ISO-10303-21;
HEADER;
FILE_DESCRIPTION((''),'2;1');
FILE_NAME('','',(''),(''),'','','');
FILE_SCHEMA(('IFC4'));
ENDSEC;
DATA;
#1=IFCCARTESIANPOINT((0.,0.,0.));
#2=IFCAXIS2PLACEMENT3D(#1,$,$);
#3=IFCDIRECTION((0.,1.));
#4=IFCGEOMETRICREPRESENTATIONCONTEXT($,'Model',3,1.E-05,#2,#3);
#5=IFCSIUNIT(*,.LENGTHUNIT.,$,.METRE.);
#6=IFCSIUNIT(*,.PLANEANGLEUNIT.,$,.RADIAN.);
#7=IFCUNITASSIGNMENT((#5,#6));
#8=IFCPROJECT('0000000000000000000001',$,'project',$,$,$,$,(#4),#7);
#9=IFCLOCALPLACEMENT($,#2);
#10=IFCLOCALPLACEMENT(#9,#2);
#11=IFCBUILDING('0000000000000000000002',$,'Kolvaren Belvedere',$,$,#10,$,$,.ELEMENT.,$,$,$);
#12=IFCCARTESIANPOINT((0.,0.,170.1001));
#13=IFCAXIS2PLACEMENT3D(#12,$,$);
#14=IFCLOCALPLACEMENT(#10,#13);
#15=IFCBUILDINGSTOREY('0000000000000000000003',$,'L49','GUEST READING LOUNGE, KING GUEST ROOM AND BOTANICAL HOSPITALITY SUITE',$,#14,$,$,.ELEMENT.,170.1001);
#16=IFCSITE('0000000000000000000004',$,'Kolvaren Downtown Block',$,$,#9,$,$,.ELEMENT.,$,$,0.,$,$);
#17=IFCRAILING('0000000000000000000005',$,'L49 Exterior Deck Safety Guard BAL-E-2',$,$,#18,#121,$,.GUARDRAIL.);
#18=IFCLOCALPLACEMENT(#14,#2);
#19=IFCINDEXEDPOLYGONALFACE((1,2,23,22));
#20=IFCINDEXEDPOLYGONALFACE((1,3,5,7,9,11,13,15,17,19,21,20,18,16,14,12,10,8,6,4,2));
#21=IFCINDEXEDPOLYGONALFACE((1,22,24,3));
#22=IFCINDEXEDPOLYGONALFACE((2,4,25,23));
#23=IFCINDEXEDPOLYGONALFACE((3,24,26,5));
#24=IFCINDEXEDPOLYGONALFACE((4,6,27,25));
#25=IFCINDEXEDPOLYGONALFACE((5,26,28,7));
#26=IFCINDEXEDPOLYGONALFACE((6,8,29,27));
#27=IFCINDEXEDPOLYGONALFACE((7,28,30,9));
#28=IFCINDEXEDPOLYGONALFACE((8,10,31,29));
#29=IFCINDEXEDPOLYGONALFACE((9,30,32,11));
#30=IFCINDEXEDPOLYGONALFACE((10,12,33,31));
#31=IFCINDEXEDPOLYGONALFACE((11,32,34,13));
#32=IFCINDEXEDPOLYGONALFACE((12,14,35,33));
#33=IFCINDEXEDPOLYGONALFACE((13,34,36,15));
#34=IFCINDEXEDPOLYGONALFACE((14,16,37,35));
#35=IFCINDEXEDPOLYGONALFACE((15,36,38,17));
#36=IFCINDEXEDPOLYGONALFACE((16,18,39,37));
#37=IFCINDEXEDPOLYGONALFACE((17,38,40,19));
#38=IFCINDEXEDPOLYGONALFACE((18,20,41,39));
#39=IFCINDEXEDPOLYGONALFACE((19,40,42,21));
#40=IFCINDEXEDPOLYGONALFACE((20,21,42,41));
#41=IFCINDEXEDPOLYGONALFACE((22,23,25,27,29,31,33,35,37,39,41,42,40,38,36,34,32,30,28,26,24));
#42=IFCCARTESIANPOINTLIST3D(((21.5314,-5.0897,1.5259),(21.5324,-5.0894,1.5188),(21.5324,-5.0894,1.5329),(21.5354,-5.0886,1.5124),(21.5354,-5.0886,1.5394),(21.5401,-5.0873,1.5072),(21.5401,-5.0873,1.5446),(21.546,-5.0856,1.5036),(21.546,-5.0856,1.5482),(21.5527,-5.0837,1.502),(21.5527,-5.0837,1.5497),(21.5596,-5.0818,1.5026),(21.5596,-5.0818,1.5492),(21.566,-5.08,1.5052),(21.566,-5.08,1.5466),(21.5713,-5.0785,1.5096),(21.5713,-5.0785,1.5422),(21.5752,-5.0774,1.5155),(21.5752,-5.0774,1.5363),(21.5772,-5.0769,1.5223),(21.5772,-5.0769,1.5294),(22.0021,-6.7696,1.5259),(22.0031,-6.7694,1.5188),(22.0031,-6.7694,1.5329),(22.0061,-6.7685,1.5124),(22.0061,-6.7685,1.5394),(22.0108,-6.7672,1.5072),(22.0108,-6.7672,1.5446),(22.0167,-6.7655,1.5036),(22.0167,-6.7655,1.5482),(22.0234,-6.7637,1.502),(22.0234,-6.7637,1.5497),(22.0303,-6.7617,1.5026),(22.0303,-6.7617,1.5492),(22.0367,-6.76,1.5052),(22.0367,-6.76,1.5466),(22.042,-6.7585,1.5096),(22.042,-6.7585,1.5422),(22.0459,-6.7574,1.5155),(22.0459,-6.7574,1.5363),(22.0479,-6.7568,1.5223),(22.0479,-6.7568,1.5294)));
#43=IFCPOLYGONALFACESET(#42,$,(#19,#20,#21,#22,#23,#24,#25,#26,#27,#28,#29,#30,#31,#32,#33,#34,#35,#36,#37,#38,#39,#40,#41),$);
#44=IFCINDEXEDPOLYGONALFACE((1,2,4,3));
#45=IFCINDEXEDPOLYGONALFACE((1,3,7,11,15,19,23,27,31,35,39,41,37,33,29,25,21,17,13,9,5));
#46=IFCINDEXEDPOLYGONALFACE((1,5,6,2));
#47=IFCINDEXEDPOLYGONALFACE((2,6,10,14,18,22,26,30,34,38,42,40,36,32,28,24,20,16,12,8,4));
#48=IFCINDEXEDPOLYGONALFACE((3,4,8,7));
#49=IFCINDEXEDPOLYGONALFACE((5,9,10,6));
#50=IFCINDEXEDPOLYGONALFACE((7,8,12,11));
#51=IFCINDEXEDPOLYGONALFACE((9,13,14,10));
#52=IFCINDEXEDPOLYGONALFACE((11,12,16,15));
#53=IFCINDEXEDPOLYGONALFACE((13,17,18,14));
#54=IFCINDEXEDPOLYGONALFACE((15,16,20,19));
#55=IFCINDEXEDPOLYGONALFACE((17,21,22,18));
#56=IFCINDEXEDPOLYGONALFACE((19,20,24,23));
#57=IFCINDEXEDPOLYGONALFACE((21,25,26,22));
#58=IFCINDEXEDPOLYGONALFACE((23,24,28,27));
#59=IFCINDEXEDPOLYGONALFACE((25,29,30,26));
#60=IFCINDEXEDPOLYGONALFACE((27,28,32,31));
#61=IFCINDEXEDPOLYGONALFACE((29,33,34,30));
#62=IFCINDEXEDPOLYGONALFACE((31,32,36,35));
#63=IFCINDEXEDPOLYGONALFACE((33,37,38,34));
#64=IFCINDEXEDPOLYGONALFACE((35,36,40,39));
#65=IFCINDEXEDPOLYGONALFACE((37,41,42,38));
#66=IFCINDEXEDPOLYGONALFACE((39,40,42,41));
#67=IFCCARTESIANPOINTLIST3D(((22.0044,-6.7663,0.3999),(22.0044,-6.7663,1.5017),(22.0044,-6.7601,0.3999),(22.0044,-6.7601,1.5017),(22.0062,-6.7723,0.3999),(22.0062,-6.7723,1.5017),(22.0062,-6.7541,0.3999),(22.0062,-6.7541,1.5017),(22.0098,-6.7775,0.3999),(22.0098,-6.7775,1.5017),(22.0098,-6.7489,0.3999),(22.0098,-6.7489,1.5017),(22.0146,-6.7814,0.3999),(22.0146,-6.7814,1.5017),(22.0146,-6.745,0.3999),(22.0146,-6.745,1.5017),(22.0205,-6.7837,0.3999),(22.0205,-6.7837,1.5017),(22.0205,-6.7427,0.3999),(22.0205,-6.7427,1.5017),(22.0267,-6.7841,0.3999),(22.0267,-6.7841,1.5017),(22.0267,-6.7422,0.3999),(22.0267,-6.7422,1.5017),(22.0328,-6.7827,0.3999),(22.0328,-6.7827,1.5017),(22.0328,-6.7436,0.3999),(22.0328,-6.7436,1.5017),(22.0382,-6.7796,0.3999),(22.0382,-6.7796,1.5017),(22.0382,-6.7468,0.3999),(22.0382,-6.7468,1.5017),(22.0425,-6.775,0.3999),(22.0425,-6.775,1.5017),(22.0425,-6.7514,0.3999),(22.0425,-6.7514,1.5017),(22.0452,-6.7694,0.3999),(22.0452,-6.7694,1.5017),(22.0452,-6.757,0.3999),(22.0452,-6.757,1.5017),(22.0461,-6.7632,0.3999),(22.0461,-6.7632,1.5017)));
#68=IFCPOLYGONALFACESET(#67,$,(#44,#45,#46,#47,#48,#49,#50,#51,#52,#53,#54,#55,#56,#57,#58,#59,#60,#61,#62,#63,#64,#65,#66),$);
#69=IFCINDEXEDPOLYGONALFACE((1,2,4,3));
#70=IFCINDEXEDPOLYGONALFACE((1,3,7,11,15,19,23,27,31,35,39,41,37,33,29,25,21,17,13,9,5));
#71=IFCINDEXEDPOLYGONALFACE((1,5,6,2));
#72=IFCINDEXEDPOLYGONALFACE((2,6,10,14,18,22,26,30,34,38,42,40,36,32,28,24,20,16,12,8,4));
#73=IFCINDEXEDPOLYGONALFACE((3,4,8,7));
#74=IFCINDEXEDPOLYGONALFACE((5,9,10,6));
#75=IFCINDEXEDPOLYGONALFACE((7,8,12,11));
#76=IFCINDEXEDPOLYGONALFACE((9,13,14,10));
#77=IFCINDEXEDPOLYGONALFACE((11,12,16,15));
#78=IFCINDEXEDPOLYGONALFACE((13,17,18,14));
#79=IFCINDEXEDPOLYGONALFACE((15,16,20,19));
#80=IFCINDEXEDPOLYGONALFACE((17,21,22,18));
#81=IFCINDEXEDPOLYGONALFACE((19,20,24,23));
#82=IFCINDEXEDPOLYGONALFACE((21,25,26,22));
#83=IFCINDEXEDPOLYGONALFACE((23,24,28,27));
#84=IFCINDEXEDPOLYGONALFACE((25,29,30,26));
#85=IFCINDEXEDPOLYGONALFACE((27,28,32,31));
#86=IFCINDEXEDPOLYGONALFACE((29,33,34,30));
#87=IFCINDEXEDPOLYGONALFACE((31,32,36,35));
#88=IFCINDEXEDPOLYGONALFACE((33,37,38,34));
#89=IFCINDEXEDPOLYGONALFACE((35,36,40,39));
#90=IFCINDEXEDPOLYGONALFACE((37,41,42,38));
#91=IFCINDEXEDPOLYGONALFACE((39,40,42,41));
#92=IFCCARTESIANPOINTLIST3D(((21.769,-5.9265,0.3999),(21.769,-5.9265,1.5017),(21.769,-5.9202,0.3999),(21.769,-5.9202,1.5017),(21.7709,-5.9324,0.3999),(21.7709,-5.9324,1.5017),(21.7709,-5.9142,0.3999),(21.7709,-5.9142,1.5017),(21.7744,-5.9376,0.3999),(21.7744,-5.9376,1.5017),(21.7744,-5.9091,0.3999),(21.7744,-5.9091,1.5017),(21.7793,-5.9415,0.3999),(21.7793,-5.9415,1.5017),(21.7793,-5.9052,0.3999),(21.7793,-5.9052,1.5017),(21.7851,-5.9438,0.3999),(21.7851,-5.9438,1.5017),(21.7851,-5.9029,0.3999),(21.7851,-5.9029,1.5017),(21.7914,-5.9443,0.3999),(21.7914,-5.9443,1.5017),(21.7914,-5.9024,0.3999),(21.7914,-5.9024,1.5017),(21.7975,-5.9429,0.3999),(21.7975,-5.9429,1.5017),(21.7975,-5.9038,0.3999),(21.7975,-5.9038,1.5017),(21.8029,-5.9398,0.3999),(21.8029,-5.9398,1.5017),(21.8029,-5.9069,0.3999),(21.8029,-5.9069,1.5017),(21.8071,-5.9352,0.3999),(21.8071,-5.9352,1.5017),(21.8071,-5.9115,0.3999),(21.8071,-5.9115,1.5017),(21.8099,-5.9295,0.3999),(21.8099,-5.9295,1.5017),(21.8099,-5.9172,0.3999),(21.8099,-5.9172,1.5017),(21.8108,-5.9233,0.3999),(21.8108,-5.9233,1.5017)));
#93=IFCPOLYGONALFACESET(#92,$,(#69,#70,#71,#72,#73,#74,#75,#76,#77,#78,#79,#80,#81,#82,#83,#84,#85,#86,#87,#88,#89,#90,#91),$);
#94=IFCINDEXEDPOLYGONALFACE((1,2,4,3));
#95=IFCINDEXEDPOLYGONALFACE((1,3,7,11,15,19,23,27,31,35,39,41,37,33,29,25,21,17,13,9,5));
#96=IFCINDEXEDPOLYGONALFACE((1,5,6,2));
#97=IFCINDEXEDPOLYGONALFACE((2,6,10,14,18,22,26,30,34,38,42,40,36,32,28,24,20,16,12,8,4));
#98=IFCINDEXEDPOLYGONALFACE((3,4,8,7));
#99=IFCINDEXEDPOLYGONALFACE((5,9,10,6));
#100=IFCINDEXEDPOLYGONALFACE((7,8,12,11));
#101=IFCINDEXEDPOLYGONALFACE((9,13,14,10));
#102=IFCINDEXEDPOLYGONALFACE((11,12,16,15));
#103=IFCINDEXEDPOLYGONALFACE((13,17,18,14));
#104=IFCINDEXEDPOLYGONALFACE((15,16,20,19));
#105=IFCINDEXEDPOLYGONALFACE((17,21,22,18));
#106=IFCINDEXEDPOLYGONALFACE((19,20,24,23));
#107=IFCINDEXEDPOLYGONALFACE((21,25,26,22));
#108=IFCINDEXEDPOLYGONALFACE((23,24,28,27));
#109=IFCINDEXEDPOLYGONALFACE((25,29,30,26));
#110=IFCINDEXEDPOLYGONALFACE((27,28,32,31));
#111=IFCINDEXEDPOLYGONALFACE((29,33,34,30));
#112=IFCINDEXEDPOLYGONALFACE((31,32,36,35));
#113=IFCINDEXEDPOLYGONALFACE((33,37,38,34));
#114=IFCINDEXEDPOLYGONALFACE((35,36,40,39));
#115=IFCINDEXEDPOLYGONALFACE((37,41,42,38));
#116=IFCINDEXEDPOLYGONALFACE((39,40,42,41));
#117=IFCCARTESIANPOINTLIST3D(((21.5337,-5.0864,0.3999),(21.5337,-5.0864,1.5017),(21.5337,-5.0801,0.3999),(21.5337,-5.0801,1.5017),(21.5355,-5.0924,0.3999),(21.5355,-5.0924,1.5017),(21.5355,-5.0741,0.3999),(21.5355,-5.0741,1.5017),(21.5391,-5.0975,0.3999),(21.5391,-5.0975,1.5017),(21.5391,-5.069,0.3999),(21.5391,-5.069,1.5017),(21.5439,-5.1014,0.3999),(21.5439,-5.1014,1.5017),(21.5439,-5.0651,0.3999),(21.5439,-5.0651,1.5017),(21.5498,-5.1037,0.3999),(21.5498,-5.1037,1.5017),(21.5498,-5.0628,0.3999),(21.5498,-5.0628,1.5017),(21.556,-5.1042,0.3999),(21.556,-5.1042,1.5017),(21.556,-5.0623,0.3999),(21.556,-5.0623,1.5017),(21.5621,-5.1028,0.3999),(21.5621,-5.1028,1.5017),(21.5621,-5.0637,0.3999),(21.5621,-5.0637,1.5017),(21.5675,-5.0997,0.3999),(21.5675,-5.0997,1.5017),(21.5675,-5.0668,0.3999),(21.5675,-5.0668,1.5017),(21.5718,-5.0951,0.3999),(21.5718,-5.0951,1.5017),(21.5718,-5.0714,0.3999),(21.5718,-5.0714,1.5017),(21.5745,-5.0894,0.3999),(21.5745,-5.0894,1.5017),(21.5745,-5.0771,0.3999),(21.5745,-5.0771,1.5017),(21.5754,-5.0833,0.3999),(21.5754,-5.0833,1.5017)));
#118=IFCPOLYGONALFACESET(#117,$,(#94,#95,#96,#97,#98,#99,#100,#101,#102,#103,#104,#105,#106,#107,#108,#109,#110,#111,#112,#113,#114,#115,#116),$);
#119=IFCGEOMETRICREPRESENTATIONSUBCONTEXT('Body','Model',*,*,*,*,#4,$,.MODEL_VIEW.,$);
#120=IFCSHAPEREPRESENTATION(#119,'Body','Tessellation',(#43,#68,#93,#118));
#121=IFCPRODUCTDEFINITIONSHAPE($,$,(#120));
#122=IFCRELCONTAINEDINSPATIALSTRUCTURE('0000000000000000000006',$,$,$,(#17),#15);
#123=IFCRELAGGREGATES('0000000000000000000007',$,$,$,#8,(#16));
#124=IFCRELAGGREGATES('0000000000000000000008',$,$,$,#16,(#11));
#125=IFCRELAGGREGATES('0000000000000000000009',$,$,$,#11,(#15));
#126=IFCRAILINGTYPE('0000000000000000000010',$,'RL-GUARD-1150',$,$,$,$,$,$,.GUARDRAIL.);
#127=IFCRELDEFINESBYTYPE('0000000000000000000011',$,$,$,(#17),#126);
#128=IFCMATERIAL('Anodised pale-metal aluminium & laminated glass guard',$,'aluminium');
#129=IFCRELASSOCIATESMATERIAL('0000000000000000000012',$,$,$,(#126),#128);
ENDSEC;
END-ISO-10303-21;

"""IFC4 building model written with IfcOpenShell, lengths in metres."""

from ifc_helpers import new_model, si_unit, direction, frame, origin, origin_2d, place, context, subcontext, project, spatial, circle, extrude, material, type_object, element, save


model = new_model("IFC4")

# Units and contexts
model_context = context("Model", 3, precision=1e-05, world=origin(), true_north=direction((0.0, 1.0)))
body_context = subcontext(model_context, "Body", "Model", "MODEL_VIEW")
ifc_project = project(units=[si_unit("LENGTHUNIT", "METRE"), si_unit("PLANEANGLEUNIT", "RADIAN")], contexts=[model_context])

# Site, building, storey
site_placement = place(None, origin())
site = spatial("IfcSite", under=ifc_project, at=site_placement, Name="Kolvaren Downtown Block", CompositionType="ELEMENT", RefElevation=0.0)
building_placement = place(site_placement, origin())
building = spatial("IfcBuilding", under=site, at=building_placement, Name="Kolvaren Belvedere", CompositionType="ELEMENT")
storey_placement = place(building_placement, frame((0.0, 0.0, 170.1001)))
storey = spatial("IfcBuildingStorey", under=building, at=storey_placement, Name="L49", Description="GUEST READING LOUNGE, KING GUEST ROOM AND BOTANICAL HOSPITALITY SUITE", CompositionType="ELEMENT", Elevation=170.1001)

# Railing
ifc_material_1 = material(Name="Anodised pale-metal aluminium & laminated glass guard", Category="aluminium")
railing_type = type_object("IfcRailingType", Name="RL-GUARD-1150", PredefinedType="GUARDRAIL", material=ifc_material_1)
railing_1_placement = place(storey_placement, frame((22.0251, -6.7632, 0.3999)))
element("IfcRailing", 1, at=railing_1_placement, inside=storey, type_object=railing_type, Name="L49 Exterior Deck Safety Guard BAL-E-2", PredefinedType="GUARDRAIL", context=body_context, shape_type="SweptSolid", body=[
    extrude(circle(Radius=0.0239, at=origin_2d()), frame((0.0, 0.0, 1.126), z_axis=(-0.269801, 0.962916, 0.0), x_axis=(-0.962916, -0.269801, 0.0)), (0.0, 0.0, 1.0), 1.7446),
    extrude(circle(Radius=0.021, at=origin_2d()), origin(), (0.0, 0.0, 1.0), 1.1018),
    extrude(circle(Radius=0.021, at=origin_2d()), frame((-0.2354, 0.8398, 0.0)), (0.0, 0.0, 1.0), 1.1018),
    extrude(circle(Radius=0.021, at=origin_2d()), frame((-0.4707, 1.6799, 0.0)), (0.0, 0.0, 1.0), 1.1018),
])

save(model, "model.ifc")
